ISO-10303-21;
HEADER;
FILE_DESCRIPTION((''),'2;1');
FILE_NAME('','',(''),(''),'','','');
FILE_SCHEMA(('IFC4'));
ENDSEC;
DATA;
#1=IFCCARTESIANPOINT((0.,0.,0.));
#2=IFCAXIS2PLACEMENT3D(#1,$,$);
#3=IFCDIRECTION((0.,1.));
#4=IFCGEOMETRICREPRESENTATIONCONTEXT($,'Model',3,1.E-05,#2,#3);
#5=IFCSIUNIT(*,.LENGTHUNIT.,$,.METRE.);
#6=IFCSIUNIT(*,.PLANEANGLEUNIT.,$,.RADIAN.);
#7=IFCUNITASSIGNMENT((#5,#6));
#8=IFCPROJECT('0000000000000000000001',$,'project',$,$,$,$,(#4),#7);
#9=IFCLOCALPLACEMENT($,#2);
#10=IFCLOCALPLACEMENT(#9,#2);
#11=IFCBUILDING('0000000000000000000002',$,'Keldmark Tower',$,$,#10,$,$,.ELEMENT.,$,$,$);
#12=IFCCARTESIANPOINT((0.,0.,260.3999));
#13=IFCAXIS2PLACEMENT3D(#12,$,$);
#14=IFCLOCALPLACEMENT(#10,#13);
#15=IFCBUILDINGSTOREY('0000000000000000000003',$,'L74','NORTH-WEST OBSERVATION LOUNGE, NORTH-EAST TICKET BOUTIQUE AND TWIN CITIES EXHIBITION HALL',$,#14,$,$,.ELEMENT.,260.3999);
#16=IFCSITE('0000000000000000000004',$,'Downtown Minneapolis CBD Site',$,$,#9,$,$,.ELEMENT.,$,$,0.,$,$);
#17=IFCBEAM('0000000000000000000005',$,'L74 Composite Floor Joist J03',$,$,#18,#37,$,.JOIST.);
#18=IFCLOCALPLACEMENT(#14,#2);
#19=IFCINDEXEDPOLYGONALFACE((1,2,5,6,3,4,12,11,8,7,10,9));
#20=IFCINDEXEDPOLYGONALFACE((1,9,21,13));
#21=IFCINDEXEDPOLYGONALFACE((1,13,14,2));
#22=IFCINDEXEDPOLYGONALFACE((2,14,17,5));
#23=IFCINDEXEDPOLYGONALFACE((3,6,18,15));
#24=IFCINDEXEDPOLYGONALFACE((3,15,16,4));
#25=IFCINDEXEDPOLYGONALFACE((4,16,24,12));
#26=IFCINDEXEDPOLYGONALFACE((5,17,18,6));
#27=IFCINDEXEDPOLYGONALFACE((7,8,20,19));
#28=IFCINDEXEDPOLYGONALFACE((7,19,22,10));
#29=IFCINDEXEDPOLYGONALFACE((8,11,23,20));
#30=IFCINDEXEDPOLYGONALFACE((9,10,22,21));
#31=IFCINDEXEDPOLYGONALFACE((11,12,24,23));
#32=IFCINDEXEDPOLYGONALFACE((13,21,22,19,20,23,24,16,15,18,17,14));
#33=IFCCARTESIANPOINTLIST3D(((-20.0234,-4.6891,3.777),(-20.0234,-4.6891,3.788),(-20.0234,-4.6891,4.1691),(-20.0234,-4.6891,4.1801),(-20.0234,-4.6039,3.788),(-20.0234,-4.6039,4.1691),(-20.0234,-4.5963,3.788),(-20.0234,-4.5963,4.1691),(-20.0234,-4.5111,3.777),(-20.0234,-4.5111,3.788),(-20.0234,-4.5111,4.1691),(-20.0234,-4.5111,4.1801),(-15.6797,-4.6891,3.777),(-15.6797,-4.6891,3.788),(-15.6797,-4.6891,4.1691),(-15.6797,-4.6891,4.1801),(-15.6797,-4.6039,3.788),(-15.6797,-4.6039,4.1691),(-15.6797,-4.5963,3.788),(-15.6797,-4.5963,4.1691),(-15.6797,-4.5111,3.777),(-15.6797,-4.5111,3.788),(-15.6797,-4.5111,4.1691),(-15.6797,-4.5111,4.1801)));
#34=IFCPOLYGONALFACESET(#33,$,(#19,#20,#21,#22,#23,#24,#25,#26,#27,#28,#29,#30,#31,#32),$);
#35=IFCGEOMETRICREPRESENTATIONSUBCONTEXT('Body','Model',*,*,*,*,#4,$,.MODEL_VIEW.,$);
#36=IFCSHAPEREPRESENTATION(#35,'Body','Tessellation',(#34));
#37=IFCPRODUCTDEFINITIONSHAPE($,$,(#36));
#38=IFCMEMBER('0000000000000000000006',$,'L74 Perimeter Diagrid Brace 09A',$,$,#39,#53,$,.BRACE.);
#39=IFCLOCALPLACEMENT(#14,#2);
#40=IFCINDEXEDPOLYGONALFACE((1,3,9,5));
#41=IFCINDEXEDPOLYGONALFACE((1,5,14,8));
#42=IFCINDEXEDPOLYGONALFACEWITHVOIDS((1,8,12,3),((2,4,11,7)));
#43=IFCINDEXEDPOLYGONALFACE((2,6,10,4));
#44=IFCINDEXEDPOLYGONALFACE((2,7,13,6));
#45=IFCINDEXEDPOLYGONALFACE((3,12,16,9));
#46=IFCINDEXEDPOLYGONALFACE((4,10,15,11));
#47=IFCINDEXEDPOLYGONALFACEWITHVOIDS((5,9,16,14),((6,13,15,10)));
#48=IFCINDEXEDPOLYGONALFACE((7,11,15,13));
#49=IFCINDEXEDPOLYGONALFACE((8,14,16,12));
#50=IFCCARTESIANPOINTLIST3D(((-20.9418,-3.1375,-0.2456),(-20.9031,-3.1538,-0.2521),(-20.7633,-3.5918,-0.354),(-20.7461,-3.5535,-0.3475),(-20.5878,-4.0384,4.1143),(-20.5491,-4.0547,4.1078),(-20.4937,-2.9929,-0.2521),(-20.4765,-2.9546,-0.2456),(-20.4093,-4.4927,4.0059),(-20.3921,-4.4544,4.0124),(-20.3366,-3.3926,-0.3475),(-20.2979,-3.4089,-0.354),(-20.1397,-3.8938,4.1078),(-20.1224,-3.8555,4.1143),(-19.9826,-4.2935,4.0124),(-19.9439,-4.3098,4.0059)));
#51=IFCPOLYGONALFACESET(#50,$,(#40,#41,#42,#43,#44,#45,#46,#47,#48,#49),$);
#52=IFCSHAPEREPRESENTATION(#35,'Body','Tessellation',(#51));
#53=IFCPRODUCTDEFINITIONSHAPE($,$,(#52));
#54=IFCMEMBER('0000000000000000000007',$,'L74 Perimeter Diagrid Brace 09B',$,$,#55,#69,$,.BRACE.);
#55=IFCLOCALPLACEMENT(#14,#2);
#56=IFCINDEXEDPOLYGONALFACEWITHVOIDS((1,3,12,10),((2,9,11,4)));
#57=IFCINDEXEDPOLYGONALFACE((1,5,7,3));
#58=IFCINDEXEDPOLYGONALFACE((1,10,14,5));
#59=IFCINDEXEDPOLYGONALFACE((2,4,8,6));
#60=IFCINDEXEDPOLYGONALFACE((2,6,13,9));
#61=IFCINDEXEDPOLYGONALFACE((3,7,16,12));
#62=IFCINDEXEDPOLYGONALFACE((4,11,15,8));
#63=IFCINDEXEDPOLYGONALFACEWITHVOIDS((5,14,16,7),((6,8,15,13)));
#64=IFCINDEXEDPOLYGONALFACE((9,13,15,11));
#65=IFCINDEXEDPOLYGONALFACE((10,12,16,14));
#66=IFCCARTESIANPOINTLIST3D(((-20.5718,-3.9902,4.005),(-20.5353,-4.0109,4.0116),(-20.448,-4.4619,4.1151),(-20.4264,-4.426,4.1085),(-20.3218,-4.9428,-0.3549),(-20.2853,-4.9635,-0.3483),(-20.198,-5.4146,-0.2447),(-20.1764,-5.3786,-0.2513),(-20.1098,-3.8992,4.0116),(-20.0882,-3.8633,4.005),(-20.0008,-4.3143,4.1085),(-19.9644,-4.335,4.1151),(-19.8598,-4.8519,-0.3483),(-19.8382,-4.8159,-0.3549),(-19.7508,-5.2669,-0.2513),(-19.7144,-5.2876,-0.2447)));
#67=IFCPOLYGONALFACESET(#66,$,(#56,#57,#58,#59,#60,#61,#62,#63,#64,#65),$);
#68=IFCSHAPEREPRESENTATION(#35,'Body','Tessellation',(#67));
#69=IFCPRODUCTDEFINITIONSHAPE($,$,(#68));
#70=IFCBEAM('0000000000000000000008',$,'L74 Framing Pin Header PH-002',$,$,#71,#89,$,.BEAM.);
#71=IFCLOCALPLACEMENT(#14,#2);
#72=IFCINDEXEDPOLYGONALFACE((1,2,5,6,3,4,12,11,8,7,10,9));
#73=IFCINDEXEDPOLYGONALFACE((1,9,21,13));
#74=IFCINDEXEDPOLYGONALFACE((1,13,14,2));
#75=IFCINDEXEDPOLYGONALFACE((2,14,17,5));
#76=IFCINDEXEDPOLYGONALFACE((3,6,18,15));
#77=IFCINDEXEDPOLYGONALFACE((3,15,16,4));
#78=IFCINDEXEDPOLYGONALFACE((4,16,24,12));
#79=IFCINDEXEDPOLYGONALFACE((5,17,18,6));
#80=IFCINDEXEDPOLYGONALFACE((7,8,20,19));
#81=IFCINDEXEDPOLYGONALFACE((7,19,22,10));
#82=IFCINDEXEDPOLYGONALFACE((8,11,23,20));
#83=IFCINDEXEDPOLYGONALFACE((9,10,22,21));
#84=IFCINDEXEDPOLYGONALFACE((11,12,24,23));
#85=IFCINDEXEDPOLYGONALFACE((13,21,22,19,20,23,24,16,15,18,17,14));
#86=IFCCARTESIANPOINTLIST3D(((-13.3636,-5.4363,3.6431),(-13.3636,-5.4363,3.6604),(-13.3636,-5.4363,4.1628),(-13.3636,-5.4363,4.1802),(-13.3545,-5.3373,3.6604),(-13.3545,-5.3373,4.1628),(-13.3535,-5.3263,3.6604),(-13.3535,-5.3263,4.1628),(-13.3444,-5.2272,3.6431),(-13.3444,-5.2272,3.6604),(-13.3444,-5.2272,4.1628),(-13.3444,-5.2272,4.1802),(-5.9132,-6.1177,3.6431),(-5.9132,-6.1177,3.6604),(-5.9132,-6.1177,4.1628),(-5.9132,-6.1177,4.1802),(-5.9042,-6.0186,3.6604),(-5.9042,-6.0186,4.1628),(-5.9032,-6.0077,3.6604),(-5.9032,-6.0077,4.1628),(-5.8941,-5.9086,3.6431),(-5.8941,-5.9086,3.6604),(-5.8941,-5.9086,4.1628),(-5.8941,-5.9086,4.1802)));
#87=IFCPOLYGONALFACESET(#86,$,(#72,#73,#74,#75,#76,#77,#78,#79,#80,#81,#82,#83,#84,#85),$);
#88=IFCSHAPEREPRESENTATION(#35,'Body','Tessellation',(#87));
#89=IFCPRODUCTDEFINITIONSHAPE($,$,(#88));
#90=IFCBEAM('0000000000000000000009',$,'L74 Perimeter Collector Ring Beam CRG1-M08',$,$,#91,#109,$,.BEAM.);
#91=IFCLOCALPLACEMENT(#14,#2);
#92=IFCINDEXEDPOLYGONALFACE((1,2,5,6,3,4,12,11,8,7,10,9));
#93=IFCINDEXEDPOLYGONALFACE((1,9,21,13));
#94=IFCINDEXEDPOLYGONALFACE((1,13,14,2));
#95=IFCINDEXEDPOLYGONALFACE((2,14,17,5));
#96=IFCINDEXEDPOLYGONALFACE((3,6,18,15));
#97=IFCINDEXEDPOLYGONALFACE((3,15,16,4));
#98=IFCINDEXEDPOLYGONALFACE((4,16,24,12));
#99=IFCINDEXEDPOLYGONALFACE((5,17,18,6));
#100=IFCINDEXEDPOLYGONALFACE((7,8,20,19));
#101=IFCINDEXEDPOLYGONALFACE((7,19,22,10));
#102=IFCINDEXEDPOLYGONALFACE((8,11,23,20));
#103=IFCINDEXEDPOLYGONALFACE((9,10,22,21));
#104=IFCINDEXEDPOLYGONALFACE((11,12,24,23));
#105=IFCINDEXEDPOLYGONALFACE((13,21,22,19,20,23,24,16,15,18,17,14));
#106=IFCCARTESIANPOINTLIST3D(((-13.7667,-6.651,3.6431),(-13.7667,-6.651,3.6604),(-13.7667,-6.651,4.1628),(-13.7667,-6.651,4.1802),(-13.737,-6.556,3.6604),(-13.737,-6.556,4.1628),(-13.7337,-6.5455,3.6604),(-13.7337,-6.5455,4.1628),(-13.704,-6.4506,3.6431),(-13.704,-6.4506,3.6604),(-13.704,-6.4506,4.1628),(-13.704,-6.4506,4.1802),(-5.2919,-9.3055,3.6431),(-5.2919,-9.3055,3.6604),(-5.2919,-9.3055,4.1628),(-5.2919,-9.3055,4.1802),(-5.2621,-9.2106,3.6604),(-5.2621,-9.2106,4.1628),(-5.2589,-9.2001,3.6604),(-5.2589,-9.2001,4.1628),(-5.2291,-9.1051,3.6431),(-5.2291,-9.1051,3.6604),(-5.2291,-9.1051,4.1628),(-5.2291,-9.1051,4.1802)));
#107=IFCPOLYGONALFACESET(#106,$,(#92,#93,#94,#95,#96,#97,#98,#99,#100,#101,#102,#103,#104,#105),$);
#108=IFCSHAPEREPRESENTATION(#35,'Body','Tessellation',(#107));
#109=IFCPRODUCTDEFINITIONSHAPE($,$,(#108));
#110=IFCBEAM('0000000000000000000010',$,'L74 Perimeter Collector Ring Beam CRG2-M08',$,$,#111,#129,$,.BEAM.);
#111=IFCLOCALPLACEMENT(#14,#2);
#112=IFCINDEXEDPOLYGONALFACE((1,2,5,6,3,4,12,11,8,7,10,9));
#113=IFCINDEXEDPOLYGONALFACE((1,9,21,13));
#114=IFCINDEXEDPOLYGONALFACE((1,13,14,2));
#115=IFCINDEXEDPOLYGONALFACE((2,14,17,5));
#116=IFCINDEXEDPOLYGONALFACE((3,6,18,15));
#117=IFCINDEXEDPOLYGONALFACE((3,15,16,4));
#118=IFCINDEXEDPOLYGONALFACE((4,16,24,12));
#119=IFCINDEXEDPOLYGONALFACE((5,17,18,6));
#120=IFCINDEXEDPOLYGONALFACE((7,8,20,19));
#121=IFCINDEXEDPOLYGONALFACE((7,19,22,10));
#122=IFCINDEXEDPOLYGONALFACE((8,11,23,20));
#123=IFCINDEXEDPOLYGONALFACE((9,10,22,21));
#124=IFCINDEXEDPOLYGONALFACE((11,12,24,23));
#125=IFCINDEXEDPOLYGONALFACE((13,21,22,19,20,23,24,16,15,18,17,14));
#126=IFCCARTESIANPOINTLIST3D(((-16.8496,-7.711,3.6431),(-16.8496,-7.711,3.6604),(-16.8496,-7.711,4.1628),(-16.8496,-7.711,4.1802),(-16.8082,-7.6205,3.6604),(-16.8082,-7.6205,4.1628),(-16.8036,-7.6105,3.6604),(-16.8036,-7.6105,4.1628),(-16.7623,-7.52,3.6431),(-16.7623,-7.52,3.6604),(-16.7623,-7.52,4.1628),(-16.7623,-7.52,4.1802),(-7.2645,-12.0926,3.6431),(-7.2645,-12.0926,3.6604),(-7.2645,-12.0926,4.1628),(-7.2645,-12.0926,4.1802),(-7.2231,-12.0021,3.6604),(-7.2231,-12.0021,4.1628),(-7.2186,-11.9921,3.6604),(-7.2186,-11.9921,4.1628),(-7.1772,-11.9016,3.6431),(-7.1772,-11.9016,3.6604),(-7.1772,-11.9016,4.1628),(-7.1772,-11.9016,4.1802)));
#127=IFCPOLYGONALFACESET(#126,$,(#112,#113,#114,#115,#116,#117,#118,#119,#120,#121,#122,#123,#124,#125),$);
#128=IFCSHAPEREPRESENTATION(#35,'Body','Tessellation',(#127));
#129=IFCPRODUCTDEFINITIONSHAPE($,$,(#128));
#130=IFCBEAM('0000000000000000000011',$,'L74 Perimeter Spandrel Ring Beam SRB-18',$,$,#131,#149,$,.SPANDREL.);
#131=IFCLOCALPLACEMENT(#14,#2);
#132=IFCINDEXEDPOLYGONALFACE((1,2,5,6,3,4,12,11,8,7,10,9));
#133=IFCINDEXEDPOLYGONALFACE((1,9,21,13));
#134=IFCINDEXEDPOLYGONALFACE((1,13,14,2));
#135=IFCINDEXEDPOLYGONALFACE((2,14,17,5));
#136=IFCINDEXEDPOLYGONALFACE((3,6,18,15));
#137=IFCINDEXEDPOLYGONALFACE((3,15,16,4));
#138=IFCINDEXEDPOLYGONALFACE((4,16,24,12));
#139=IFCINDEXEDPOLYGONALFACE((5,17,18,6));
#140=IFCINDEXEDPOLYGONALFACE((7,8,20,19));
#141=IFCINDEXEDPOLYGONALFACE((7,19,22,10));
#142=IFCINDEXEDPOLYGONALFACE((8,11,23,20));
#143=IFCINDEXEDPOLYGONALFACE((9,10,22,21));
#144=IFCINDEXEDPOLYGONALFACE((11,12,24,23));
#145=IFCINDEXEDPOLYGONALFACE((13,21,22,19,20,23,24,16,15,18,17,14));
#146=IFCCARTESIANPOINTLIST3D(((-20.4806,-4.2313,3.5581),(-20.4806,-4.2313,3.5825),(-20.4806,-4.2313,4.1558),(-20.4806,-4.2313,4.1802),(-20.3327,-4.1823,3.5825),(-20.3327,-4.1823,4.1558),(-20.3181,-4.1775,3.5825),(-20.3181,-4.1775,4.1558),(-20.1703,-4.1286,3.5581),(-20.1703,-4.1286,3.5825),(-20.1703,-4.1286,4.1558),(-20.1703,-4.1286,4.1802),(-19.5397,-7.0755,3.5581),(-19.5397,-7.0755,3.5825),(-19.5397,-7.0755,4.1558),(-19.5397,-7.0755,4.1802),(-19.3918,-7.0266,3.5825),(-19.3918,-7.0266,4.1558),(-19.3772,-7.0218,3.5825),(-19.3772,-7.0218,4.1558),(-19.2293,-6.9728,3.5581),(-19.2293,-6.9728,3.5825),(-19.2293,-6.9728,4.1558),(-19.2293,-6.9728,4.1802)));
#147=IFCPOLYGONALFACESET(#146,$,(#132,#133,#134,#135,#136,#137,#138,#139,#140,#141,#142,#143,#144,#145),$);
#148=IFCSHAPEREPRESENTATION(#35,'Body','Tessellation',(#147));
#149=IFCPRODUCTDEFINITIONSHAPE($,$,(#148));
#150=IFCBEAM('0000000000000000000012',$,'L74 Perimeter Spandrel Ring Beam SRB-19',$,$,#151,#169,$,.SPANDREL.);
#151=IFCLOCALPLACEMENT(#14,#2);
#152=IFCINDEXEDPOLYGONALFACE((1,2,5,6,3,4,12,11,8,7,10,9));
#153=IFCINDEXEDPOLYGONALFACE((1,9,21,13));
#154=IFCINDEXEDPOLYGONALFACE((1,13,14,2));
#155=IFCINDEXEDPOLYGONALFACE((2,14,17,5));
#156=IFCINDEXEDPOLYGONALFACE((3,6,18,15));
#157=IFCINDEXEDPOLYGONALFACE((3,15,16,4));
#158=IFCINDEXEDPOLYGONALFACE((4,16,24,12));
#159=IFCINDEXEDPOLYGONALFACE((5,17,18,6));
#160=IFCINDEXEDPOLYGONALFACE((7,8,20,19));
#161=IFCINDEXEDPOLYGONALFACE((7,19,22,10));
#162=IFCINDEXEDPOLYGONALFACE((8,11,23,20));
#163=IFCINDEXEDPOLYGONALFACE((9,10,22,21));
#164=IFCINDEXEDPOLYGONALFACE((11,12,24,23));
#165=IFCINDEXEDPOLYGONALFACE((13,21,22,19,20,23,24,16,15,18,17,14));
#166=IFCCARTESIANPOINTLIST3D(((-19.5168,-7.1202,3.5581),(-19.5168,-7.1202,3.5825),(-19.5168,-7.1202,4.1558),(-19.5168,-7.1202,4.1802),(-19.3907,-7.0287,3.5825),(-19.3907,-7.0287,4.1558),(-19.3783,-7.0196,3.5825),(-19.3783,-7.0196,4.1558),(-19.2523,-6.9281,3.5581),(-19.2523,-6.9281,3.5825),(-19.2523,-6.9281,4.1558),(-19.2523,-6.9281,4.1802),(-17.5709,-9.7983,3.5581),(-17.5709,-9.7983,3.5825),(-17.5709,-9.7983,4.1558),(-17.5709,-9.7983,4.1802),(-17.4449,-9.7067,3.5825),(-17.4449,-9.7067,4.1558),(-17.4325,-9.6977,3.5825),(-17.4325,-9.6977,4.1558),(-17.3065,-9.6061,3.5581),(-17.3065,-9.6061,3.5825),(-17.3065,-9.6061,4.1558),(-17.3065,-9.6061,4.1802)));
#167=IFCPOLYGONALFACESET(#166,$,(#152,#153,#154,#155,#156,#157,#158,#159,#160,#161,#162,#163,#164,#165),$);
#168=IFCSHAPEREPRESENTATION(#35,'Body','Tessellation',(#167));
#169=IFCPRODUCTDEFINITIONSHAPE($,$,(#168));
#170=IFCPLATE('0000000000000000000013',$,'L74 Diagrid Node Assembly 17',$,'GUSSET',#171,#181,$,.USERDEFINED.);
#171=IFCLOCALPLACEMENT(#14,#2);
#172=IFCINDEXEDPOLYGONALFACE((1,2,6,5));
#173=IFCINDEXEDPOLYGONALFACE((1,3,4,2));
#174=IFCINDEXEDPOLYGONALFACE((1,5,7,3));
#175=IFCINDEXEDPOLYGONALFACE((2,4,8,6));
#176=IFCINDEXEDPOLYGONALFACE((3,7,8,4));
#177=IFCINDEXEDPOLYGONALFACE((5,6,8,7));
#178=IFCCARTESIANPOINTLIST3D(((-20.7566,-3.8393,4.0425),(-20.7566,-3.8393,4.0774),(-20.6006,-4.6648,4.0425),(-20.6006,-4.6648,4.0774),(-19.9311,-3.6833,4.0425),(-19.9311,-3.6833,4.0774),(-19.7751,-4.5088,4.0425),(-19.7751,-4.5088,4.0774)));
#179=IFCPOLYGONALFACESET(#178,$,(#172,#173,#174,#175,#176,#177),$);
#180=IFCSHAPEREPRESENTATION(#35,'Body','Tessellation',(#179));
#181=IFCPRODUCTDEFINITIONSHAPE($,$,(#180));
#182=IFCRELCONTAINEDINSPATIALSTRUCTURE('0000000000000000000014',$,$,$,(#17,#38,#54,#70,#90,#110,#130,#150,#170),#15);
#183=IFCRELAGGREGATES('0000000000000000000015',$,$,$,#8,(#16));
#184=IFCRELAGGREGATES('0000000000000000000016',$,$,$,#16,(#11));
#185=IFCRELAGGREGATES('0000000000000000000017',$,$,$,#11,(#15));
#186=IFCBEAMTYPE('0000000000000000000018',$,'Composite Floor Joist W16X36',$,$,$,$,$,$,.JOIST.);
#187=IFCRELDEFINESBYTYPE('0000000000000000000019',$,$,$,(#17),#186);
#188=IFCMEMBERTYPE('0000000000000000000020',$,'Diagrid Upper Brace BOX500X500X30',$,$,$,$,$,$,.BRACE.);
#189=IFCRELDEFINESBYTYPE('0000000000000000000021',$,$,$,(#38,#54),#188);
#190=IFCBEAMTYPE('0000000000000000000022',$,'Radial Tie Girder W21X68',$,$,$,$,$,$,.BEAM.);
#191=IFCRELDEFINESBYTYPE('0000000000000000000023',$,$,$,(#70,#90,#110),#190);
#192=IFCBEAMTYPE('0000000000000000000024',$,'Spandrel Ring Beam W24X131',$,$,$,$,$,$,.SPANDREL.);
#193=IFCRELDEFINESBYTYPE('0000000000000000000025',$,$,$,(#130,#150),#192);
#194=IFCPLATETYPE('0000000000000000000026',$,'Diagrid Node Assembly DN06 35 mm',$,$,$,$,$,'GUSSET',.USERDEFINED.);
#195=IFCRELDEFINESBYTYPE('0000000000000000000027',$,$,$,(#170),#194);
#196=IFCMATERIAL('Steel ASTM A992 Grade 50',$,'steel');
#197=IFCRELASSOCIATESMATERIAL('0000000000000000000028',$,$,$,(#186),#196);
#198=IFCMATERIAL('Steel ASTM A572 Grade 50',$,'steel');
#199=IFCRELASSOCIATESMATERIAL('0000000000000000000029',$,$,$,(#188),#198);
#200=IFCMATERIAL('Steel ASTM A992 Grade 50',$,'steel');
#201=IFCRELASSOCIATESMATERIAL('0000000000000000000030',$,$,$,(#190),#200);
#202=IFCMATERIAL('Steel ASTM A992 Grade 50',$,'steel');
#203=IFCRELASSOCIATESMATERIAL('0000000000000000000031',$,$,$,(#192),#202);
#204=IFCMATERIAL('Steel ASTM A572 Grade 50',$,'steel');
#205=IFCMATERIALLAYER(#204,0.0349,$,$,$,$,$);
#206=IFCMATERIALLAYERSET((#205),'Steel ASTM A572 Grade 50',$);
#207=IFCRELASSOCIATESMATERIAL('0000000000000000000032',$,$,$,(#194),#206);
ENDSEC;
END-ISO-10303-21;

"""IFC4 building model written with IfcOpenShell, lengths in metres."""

from ifc_helpers import new_model, si_unit, direction, frame, origin, origin_2d, place, context, subcontext, project, spatial, rectangle, hollow_rectangle, i_section, extrude, material, layer, layer_set, material_profile, profile_set, type_object, element, save


model = new_model("IFC4")

# Units and contexts
model_context = context("Model", 3, precision=1e-05, world=origin(), true_north=direction((0.0, 1.0)))
body_context = subcontext(model_context, "Body", "Model", "MODEL_VIEW")
ifc_project = project(units=[si_unit("LENGTHUNIT", "METRE"), si_unit("PLANEANGLEUNIT", "RADIAN")], contexts=[model_context])

# Site, building, storey
site_placement = place(None, origin())
site = spatial("IfcSite", under=ifc_project, at=site_placement, Name="Downtown Minneapolis CBD Site", CompositionType="ELEMENT", RefElevation=0.0)
building_placement = place(site_placement, origin())
building = spatial("IfcBuilding", under=site, at=building_placement, Name="Keldmark Tower", CompositionType="ELEMENT")
storey_placement = place(building_placement, frame((0.0, 0.0, 260.3999)))
storey = spatial("IfcBuildingStorey", under=building, at=storey_placement, Name="L74", Description="NORTH-WEST OBSERVATION LOUNGE, NORTH-EAST TICKET BOUTIQUE AND TWIN CITIES EXHIBITION HALL", CompositionType="ELEMENT", Elevation=260.3999)

# Beam
ifc_material_1 = material(Name="Steel ASTM A992 Grade 50", Category="steel")
ifc_material_profile_1 = material_profile(ifc_material_1, i_section(OverallWidth=0.178, OverallDepth=0.4031, WebThickness=0.0076, FlangeThickness=0.011, at=origin_2d()), Name="W16X36")
ifc_profile_set_1 = profile_set([ifc_material_profile_1], Name="Steel ASTM A992 Grade 50")
beam_type_1 = type_object("IfcBeamType", Name="Composite Floor Joist W16X36", PredefinedType="JOIST", material=ifc_profile_set_1)
beam_1_placement = place(storey_placement, frame((-20.0234, -4.6001, 3.9785), z_axis=(1.0, 0.0, 0.0), x_axis=(0.0, 1.0, 0.0)))
element("IfcBeam", 1, at=beam_1_placement, inside=storey, type_object=beam_type_1, Name="L74 Composite Floor Joist J03", PredefinedType="JOIST", context=body_context, shape_type="SweptSolid", body=[
    extrude(i_section(OverallWidth=0.178, OverallDepth=0.4031, WebThickness=0.0076, FlangeThickness=0.011, at=origin_2d()), origin(), (0.0, 0.0, 1.0), 4.3438),
])

# Members
ifc_material_2 = material(Name="Steel ASTM A572 Grade 50", Category="steel")
ifc_material_profile_2 = material_profile(ifc_material_2, hollow_rectangle(XDim=0.5, YDim=0.5, WallThickness=0.03, at=origin_2d()), Name="BOX500X500X30")
ifc_profile_set_2 = profile_set([ifc_material_profile_2], Name="Steel ASTM A572 Grade 50")
member_type = type_object("IfcMemberType", Name="Diagrid Upper Brace BOX500X500X30", PredefinedType="BRACE", material=ifc_profile_set_2)
member_1_placement = place(storey_placement, frame((-20.6199, -3.2732, -0.2998), z_axis=(0.079266, -0.201719, 0.976231), x_axis=(0.930721, 0.36573, 0.0)))
element("IfcMember", 2, at=member_1_placement, inside=storey, type_object=member_type, Name="L74 Perimeter Diagrid Brace 09A", PredefinedType="BRACE", context=body_context, shape_type="SweptSolid", body=[
    extrude(hollow_rectangle(XDim=0.5, YDim=0.5, WallThickness=0.03, at=origin_2d()), origin(), (0.0, 0.0, 1.0), 4.4661),
])
member_2_placement = place(storey_placement, frame((-20.0181, -5.1152, -0.2998), z_axis=(-0.055932, 0.213131, 0.975421), x_axis=(-0.967248, -0.253834, 0.0)))
element("IfcMember", 3, at=member_2_placement, inside=storey, type_object=member_type, Name="L74 Perimeter Diagrid Brace 09B", PredefinedType="BRACE", context=body_context, shape_type="SweptSolid", body=[
    extrude(hollow_rectangle(XDim=0.5, YDim=0.5, WallThickness=0.03, at=origin_2d()), origin(), (0.0, 0.0, 1.0), 4.4697),
])

# Beams
ifc_material_3 = material(Name="Steel ASTM A992 Grade 50", Category="steel")
ifc_material_profile_3 = material_profile(ifc_material_3, i_section(OverallWidth=0.21, OverallDepth=0.5371, WebThickness=0.011, FlangeThickness=0.0173, at=origin_2d()), Name="W21X68")
ifc_profile_set_3 = profile_set([ifc_material_profile_3], Name="Steel ASTM A992 Grade 50")
beam_type_2 = type_object("IfcBeamType", Name="Radial Tie Girder W21X68", PredefinedType="BEAM", material=ifc_profile_set_3)
beam_2_placement = place(storey_placement, frame((-13.354, -5.3318, 3.9116), z_axis=(0.995844, -0.091077, 0.0), x_axis=(0.091077, 0.995844, 0.0)))
element("IfcBeam", 4, at=beam_2_placement, inside=storey, type_object=beam_type_2, Name="L74 Framing Pin Header PH-002", PredefinedType="BEAM", context=body_context, shape_type="SweptSolid", body=[
    extrude(i_section(OverallWidth=0.21, OverallDepth=0.5371, WebThickness=0.011, FlangeThickness=0.0173, at=origin_2d()), origin(), (0.0, 0.0, 1.0), 7.4814),
])
beam_3_placement = place(storey_placement, frame((-13.7354, -6.5508, 3.9116), z_axis=(0.954283, -0.298906, 0.0), x_axis=(0.298906, 0.954283, 0.0)))
element("IfcBeam", 5, at=beam_3_placement, inside=storey, type_object=beam_type_2, Name="L74 Perimeter Collector Ring Beam CRG1-M08", PredefinedType="BEAM", context=body_context, shape_type="SweptSolid", body=[
    extrude(i_section(OverallWidth=0.21, OverallDepth=0.5371, WebThickness=0.011, FlangeThickness=0.0173, at=origin_2d()), origin(), (0.0, 0.0, 1.0), 8.8809),
])
beam_4_placement = place(storey_placement, frame((-16.8059, -7.6155, 3.9116), z_axis=(0.909478, -0.415752, 0.0), x_axis=(0.415752, 0.909478, 0.0)))
element("IfcBeam", 6, at=beam_4_placement, inside=storey, type_object=beam_type_2, Name="L74 Perimeter Collector Ring Beam CRG2-M08", PredefinedType="BEAM", context=body_context, shape_type="SweptSolid", body=[
    extrude(i_section(OverallWidth=0.21, OverallDepth=0.5371, WebThickness=0.011, FlangeThickness=0.0173, at=origin_2d()), origin(), (0.0, 0.0, 1.0), 10.5391),
])
ifc_material_4 = material(Name="Steel ASTM A992 Grade 50", Category="steel")
ifc_material_profile_4 = material_profile(ifc_material_4, i_section(OverallWidth=0.3269, OverallDepth=0.6221, WebThickness=0.0154, FlangeThickness=0.0244, at=origin_2d()), Name="W24X131")
ifc_profile_set_4 = profile_set([ifc_material_profile_4], Name="Steel ASTM A992 Grade 50")
beam_type_3 = type_object("IfcBeamType", Name="Spandrel Ring Beam W24X131", PredefinedType="SPANDREL", material=ifc_profile_set_4)
beam_5_placement = place(storey_placement, frame((-20.3254, -4.1799, 3.8691), z_axis=(0.314076, -0.949398, 0.0), x_axis=(0.949398, 0.314076, 0.0)))
element("IfcBeam", 7, at=beam_5_placement, inside=storey, type_object=beam_type_3, Name="L74 Perimeter Spandrel Ring Beam SRB-18", PredefinedType="SPANDREL", context=body_context, shape_type="SweptSolid", body=[
    extrude(i_section(OverallWidth=0.3269, OverallDepth=0.6221, WebThickness=0.0154, FlangeThickness=0.0244, at=origin_2d()), origin(), (0.0, 0.0, 1.0), 2.9958),
])
beam_6_placement = place(storey_placement, frame((-19.3845, -7.0242, 3.8691), z_axis=(0.587812, -0.808998, 0.0), x_axis=(0.808998, 0.587812, 0.0)))
element("IfcBeam", 8, at=beam_6_placement, inside=storey, type_object=beam_type_3, Name="L74 Perimeter Spandrel Ring Beam SRB-19", PredefinedType="SPANDREL", context=body_context, shape_type="SweptSolid", body=[
    extrude(i_section(OverallWidth=0.3269, OverallDepth=0.6221, WebThickness=0.0154, FlangeThickness=0.0244, at=origin_2d()), origin(), (0.0, 0.0, 1.0), 3.3103),
])

# Plate
ifc_material_5 = material(Name="Steel ASTM A572 Grade 50", Category="steel")
ifc_layer_1 = layer(ifc_material_5, 0.0349)
ifc_layer_set_1 = layer_set([ifc_layer_1], Name="Steel ASTM A572 Grade 50")
plate_type = type_object("IfcPlateType", Name="Diagrid Node Assembly DN06 35 mm", ElementType="GUSSET", PredefinedType="USERDEFINED", material=ifc_layer_set_1)
plate_placement = place(storey_placement, frame((-20.2659, -4.1741, 4.0425), z_axis=(0.0, 0.0, 1.0), x_axis=(0.185667, -0.982613, 0.0)))
element("IfcPlate", 9, at=plate_placement, inside=storey, type_object=plate_type, Name="L74 Diagrid Node Assembly 17", ObjectType="GUSSET", PredefinedType="USERDEFINED", context=body_context, shape_type="SweptSolid", body=[
    extrude(rectangle(XDim=0.8401, YDim=0.8401, at=origin_2d()), origin(), (0.0, 0.0, 1.0), 0.0349),
])

save(model, "model.ifc")
